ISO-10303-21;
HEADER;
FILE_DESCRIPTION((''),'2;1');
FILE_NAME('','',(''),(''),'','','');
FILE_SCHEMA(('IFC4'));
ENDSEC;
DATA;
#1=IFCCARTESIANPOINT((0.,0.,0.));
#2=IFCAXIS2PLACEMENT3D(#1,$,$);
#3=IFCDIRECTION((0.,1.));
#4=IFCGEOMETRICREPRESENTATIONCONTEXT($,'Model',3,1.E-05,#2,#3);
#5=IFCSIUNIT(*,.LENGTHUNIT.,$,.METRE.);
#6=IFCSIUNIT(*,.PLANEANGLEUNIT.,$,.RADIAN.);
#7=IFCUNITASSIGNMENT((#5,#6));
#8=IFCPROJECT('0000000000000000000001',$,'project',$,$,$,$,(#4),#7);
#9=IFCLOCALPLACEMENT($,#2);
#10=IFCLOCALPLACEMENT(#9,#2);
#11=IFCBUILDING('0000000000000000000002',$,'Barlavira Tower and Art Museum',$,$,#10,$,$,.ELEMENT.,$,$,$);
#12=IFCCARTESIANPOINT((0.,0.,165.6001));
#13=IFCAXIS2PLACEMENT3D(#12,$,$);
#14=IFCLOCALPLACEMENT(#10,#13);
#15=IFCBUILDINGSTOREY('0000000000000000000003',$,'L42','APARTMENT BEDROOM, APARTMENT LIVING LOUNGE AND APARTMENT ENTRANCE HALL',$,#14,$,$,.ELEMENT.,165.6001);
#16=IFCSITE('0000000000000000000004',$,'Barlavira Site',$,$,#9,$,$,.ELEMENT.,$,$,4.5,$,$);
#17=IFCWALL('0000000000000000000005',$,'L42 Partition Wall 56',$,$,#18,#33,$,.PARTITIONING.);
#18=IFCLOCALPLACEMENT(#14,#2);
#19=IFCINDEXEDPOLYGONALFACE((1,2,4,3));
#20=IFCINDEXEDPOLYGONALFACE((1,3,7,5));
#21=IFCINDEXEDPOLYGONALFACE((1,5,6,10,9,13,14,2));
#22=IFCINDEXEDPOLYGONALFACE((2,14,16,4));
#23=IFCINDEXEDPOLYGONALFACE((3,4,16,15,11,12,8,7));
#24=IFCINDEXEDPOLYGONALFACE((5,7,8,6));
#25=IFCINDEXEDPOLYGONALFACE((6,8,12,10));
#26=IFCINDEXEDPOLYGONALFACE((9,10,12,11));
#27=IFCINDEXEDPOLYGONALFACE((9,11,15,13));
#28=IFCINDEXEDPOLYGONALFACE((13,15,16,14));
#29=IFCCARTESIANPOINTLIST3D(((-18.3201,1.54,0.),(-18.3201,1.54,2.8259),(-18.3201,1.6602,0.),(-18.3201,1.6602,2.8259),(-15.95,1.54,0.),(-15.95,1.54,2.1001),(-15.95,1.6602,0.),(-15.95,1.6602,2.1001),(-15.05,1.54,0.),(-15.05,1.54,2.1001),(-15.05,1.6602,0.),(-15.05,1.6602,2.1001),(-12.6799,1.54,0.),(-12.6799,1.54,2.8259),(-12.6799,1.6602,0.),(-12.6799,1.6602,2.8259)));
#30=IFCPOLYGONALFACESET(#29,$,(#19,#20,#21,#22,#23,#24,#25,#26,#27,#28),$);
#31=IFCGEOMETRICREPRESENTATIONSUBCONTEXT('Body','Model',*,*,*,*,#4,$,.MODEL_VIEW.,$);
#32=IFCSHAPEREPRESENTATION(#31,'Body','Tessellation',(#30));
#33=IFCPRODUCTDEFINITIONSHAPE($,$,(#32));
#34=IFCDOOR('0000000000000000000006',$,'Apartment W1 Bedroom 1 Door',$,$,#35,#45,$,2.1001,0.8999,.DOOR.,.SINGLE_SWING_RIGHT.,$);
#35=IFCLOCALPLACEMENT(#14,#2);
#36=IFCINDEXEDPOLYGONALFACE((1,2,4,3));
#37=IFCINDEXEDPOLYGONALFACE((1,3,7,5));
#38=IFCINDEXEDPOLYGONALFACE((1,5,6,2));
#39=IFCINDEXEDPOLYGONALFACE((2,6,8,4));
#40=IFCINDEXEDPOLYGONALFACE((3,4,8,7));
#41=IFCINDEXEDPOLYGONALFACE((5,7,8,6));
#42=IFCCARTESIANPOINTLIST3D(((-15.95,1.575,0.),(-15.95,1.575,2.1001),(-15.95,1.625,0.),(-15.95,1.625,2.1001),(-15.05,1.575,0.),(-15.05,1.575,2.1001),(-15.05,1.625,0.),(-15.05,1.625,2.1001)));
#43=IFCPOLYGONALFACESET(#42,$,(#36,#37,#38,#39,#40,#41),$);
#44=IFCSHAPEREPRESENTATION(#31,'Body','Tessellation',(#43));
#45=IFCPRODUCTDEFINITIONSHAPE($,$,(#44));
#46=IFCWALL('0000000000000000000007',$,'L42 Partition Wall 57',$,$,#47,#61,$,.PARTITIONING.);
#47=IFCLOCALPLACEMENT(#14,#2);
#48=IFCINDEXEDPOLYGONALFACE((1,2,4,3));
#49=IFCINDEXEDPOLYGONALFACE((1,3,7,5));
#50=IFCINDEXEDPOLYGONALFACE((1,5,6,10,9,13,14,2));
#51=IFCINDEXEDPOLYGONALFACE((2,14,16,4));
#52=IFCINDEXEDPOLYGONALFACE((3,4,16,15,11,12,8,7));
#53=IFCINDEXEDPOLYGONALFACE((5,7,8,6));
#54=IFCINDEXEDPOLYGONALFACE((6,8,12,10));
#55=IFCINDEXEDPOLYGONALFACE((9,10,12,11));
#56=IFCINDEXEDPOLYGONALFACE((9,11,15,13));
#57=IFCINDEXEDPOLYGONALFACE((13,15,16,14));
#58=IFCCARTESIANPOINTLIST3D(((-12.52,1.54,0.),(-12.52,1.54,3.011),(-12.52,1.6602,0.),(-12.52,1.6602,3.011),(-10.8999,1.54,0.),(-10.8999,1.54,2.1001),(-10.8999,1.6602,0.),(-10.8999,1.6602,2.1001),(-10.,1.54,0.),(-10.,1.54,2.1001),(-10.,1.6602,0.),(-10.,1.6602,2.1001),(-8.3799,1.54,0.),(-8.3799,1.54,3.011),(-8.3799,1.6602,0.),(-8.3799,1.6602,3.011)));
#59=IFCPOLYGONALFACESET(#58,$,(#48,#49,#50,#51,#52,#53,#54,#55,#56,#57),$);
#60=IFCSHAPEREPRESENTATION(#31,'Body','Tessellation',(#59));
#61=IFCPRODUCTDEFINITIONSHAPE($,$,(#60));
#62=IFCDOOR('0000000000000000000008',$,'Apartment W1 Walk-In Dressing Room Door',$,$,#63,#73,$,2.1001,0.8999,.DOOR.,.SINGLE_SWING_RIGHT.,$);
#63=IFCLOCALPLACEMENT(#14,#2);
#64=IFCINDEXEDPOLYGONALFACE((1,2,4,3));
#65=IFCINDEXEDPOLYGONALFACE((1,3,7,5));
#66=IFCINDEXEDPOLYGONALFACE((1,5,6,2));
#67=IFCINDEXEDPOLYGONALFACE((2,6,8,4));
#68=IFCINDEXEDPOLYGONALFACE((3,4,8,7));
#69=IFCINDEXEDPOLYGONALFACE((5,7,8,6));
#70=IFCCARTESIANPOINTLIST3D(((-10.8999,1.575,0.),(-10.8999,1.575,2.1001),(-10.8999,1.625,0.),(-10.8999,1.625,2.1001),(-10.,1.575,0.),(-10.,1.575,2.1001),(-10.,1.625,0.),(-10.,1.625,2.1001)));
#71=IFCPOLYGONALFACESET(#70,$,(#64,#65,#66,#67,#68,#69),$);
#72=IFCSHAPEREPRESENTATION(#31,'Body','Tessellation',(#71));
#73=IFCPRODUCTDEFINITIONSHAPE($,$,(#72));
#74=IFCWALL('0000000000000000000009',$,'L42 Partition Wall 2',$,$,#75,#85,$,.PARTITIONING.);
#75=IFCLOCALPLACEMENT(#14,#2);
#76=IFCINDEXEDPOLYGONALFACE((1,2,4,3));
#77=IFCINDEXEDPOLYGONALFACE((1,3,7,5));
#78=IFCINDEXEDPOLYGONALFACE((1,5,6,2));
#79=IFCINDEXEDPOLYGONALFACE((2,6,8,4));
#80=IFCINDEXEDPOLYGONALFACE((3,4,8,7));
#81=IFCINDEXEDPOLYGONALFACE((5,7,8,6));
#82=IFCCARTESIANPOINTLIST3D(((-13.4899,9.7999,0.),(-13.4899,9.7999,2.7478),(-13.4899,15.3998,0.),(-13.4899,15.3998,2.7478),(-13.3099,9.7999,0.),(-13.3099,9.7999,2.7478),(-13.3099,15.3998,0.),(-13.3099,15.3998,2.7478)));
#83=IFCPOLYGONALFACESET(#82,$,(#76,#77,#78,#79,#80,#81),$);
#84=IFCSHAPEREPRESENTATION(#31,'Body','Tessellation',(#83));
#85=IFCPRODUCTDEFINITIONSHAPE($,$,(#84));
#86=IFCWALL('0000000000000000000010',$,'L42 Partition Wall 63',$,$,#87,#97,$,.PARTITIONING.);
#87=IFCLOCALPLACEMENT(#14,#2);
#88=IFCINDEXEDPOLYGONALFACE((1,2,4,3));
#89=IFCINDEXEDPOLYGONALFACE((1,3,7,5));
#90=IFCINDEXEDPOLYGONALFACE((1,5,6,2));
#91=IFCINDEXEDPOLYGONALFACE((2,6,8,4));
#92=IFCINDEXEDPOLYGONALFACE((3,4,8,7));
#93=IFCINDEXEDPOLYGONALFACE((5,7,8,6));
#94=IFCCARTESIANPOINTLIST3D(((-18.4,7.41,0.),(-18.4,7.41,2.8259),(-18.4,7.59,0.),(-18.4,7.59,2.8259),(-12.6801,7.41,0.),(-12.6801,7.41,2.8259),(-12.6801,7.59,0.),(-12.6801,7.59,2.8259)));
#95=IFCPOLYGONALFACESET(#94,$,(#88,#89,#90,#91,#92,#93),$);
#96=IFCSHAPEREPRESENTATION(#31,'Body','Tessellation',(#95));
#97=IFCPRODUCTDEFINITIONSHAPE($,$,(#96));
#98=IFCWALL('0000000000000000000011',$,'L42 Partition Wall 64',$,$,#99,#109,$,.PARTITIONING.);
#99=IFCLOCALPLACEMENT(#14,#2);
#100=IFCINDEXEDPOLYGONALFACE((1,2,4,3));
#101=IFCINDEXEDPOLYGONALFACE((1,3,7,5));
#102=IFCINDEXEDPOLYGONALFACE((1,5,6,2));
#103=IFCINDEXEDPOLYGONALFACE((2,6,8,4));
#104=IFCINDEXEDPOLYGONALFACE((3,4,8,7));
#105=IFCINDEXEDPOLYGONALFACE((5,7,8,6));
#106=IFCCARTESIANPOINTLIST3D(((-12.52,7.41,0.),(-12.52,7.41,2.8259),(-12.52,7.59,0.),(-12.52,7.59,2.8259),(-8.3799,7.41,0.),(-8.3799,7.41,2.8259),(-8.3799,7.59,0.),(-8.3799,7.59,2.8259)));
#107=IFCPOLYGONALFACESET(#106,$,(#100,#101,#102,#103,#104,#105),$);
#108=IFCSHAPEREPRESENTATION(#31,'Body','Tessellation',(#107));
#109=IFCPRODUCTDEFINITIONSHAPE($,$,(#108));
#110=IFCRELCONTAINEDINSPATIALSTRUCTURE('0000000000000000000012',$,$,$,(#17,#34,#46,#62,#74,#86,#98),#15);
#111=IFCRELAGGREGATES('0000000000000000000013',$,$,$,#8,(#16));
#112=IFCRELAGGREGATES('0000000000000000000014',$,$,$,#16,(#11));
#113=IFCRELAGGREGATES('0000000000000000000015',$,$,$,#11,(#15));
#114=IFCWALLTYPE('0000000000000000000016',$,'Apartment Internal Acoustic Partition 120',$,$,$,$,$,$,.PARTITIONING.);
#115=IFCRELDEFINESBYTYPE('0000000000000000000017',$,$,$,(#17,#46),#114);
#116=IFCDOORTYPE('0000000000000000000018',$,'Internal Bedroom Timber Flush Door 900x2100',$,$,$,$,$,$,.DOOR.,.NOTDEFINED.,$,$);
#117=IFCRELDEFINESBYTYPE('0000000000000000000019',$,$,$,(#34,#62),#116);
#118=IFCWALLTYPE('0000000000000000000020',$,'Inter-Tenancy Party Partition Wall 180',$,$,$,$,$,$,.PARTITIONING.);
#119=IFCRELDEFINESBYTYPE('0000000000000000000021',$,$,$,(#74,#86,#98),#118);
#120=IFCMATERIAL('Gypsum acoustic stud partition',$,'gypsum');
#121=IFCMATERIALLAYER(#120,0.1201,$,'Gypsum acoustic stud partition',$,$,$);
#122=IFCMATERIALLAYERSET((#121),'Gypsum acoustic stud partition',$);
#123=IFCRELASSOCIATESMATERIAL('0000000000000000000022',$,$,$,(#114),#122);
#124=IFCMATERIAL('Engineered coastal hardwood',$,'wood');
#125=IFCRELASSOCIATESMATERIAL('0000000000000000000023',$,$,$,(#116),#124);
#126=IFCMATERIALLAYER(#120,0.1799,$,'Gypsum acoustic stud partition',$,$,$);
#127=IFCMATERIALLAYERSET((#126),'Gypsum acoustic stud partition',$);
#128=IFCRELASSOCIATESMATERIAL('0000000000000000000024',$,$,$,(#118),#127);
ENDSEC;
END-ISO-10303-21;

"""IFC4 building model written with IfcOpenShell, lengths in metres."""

from ifc_helpers import new_model, si_unit, direction, frame, frame_2d, origin, place, context, subcontext, project, spatial, rectangle, extrude, material, layer, layer_set, type_object, element, fill, save


model = new_model("IFC4")

# Units and contexts
model_context = context("Model", 3, precision=1e-05, world=origin(), true_north=direction((0.0, 1.0)))
body_context = subcontext(model_context, "Body", "Model", "MODEL_VIEW")
ifc_project = project(units=[si_unit("LENGTHUNIT", "METRE"), si_unit("PLANEANGLEUNIT", "RADIAN")], contexts=[model_context])

# Site, building, storey
site_placement = place(None, origin())
site = spatial("IfcSite", under=ifc_project, at=site_placement, Name="Barlavira Site", CompositionType="ELEMENT", RefElevation=4.5)
building_placement = place(site_placement, origin())
building = spatial("IfcBuilding", under=site, at=building_placement, Name="Barlavira Tower and Art Museum", CompositionType="ELEMENT")
storey_placement = place(building_placement, frame((0.0, 0.0, 165.6001)))
storey = spatial("IfcBuildingStorey", under=building, at=storey_placement, Name="L42", Description="APARTMENT BEDROOM, APARTMENT LIVING LOUNGE AND APARTMENT ENTRANCE HALL", CompositionType="ELEMENT", Elevation=165.6001)

# Walls, openings, doors
ifc_material_1 = material(Name="Gypsum acoustic stud partition", Category="gypsum")
ifc_layer_1 = layer(ifc_material_1, 0.1201, Name="Gypsum acoustic stud partition")
ifc_layer_set_1 = layer_set([ifc_layer_1], Name="Gypsum acoustic stud partition")
wall_type_1 = type_object("IfcWallType", Name="Apartment Internal Acoustic Partition 120", PredefinedType="PARTITIONING", material=ifc_layer_set_1)
ifc_material_2 = material(Name="Engineered coastal hardwood", Category="wood")
wall_1_placement = place(storey_placement, frame((-18.3201, 1.6001, 0.0), z_axis=(0.0, 0.0, 1.0), x_axis=(1.0, 0.0, 0.0)))
wall_1 = element("IfcWall", 1, at=wall_1_placement, inside=storey, type_object=wall_type_1, Name="L42 Partition Wall 56", PredefinedType="PARTITIONING", context=body_context, shape_type="SweptSolid", body=[
    extrude(rectangle(XDim=5.6401, YDim=0.1201, at=frame_2d((2.8201, 0.0))), origin(), (0.0, 0.0, 1.0), 2.8259),
])
opening_1_placement = place(wall_1_placement, frame((2.3701, 0.0, 0.0)))
opening_1 = element("IfcOpeningElement", 2, at=opening_1_placement, cuts=wall_1, PredefinedType="OPENING", context=body_context, shape_type="SweptSolid", body=[
    extrude(rectangle(XDim=0.8999, YDim=2.1001, at=frame_2d((0.45, 1.05))), frame((0.0, 0.0701, 0.0), z_axis=(0.0, -1.0, 0.0), x_axis=(1.0, 0.0, 0.0)), (0.0, 0.0, 1.0), 0.1401),
])
door_type_1 = type_object("IfcDoorType", Name="Internal Bedroom Timber Flush Door 900x2100", OperationType="NOTDEFINED", PredefinedType="DOOR", material=ifc_material_2)
door_1_placement = place(opening_1_placement, origin())
door_1 = element("IfcDoor", 3, at=door_1_placement, inside=storey, type_object=door_type_1, Name="Apartment W1 Bedroom 1 Door", OperationType="SINGLE_SWING_RIGHT", OverallHeight=2.1001, OverallWidth=0.8999, PredefinedType="DOOR", context=body_context, shape_type="SweptSolid", body=[
    extrude(rectangle(XDim=0.8999, YDim=2.1001, at=frame_2d((0.45, 1.05))), frame((0.0, 0.0249, 0.0), z_axis=(0.0, -1.0, 0.0), x_axis=(1.0, 0.0, 0.0)), (0.0, 0.0, 1.0), 0.05),
])
fill(opening_1, door_1)
wall_2_placement = place(storey_placement, frame((-12.52, 1.6001, 0.0), z_axis=(0.0, 0.0, 1.0), x_axis=(1.0, 0.0, 0.0)))
wall_2 = element("IfcWall", 4, at=wall_2_placement, inside=storey, type_object=wall_type_1, Name="L42 Partition Wall 57", PredefinedType="PARTITIONING", context=body_context, shape_type="SweptSolid", body=[
    extrude(rectangle(XDim=4.1401, YDim=0.1201, at=frame_2d((2.0701, 0.0))), origin(), (0.0, 0.0, 1.0), 3.011),
])
opening_2_placement = place(wall_2_placement, frame((1.6201, 0.0, 0.0)))
opening_2 = element("IfcOpeningElement", 5, at=opening_2_placement, cuts=wall_2, PredefinedType="OPENING", context=body_context, shape_type="SweptSolid", body=[
    extrude(rectangle(XDim=0.8999, YDim=2.1001, at=frame_2d((0.45, 1.05))), frame((0.0, 0.0701, 0.0), z_axis=(0.0, -1.0, 0.0), x_axis=(1.0, 0.0, 0.0)), (0.0, 0.0, 1.0), 0.1401),
])
door_2_placement = place(opening_2_placement, origin())
door_2 = element("IfcDoor", 6, at=door_2_placement, inside=storey, type_object=door_type_1, Name="Apartment W1 Walk-In Dressing Room Door", OperationType="SINGLE_SWING_RIGHT", OverallHeight=2.1001, OverallWidth=0.8999, PredefinedType="DOOR", context=body_context, shape_type="SweptSolid", body=[
    extrude(rectangle(XDim=0.8999, YDim=2.1001, at=frame_2d((0.45, 1.05))), frame((0.0, 0.0249, 0.0), z_axis=(0.0, -1.0, 0.0), x_axis=(1.0, 0.0, 0.0)), (0.0, 0.0, 1.0), 0.05),
])
fill(opening_2, door_2)

# Walls
ifc_layer_2 = layer(ifc_material_1, 0.1799, Name="Gypsum acoustic stud partition")
ifc_layer_set_2 = layer_set([ifc_layer_2], Name="Gypsum acoustic stud partition")
wall_type_2 = type_object("IfcWallType", Name="Inter-Tenancy Party Partition Wall 180", PredefinedType="PARTITIONING", material=ifc_layer_set_2)
wall_3_placement = place(storey_placement, frame((-13.3999, 9.8, 0.0), z_axis=(0.0, 0.0, 1.0), x_axis=(0.0, 1.0, 0.0)))
element("IfcWall", 7, at=wall_3_placement, inside=storey, type_object=wall_type_2, Name="L42 Partition Wall 2", PredefinedType="PARTITIONING", context=body_context, shape_type="SweptSolid", body=[
    extrude(rectangle(XDim=5.5999, YDim=0.1799, at=frame_2d((2.7998, 0.0))), origin(), (0.0, 0.0, 1.0), 2.7478),
])
wall_4_placement = place(storey_placement, frame((-18.3999, 7.5, 0.0), z_axis=(0.0, 0.0, 1.0), x_axis=(1.0, 0.0, 0.0)))
element("IfcWall", 8, at=wall_4_placement, inside=storey, type_object=wall_type_2, Name="L42 Partition Wall 63", PredefinedType="PARTITIONING", context=body_context, shape_type="SweptSolid", body=[
    extrude(rectangle(XDim=5.72, YDim=0.1799, at=frame_2d((2.8599, 0.0))), origin(), (0.0, 0.0, 1.0), 2.8259),
])
wall_5_placement = place(storey_placement, frame((-12.52, 7.5, 0.0), z_axis=(0.0, 0.0, 1.0), x_axis=(1.0, 0.0, 0.0)))
element("IfcWall", 9, at=wall_5_placement, inside=storey, type_object=wall_type_2, Name="L42 Partition Wall 64", PredefinedType="PARTITIONING", context=body_context, shape_type="SweptSolid", body=[
    extrude(rectangle(XDim=4.1401, YDim=0.1799, at=frame_2d((2.0701, 0.0))), origin(), (0.0, 0.0, 1.0), 2.8259),
])

save(model, "model.ifc")
